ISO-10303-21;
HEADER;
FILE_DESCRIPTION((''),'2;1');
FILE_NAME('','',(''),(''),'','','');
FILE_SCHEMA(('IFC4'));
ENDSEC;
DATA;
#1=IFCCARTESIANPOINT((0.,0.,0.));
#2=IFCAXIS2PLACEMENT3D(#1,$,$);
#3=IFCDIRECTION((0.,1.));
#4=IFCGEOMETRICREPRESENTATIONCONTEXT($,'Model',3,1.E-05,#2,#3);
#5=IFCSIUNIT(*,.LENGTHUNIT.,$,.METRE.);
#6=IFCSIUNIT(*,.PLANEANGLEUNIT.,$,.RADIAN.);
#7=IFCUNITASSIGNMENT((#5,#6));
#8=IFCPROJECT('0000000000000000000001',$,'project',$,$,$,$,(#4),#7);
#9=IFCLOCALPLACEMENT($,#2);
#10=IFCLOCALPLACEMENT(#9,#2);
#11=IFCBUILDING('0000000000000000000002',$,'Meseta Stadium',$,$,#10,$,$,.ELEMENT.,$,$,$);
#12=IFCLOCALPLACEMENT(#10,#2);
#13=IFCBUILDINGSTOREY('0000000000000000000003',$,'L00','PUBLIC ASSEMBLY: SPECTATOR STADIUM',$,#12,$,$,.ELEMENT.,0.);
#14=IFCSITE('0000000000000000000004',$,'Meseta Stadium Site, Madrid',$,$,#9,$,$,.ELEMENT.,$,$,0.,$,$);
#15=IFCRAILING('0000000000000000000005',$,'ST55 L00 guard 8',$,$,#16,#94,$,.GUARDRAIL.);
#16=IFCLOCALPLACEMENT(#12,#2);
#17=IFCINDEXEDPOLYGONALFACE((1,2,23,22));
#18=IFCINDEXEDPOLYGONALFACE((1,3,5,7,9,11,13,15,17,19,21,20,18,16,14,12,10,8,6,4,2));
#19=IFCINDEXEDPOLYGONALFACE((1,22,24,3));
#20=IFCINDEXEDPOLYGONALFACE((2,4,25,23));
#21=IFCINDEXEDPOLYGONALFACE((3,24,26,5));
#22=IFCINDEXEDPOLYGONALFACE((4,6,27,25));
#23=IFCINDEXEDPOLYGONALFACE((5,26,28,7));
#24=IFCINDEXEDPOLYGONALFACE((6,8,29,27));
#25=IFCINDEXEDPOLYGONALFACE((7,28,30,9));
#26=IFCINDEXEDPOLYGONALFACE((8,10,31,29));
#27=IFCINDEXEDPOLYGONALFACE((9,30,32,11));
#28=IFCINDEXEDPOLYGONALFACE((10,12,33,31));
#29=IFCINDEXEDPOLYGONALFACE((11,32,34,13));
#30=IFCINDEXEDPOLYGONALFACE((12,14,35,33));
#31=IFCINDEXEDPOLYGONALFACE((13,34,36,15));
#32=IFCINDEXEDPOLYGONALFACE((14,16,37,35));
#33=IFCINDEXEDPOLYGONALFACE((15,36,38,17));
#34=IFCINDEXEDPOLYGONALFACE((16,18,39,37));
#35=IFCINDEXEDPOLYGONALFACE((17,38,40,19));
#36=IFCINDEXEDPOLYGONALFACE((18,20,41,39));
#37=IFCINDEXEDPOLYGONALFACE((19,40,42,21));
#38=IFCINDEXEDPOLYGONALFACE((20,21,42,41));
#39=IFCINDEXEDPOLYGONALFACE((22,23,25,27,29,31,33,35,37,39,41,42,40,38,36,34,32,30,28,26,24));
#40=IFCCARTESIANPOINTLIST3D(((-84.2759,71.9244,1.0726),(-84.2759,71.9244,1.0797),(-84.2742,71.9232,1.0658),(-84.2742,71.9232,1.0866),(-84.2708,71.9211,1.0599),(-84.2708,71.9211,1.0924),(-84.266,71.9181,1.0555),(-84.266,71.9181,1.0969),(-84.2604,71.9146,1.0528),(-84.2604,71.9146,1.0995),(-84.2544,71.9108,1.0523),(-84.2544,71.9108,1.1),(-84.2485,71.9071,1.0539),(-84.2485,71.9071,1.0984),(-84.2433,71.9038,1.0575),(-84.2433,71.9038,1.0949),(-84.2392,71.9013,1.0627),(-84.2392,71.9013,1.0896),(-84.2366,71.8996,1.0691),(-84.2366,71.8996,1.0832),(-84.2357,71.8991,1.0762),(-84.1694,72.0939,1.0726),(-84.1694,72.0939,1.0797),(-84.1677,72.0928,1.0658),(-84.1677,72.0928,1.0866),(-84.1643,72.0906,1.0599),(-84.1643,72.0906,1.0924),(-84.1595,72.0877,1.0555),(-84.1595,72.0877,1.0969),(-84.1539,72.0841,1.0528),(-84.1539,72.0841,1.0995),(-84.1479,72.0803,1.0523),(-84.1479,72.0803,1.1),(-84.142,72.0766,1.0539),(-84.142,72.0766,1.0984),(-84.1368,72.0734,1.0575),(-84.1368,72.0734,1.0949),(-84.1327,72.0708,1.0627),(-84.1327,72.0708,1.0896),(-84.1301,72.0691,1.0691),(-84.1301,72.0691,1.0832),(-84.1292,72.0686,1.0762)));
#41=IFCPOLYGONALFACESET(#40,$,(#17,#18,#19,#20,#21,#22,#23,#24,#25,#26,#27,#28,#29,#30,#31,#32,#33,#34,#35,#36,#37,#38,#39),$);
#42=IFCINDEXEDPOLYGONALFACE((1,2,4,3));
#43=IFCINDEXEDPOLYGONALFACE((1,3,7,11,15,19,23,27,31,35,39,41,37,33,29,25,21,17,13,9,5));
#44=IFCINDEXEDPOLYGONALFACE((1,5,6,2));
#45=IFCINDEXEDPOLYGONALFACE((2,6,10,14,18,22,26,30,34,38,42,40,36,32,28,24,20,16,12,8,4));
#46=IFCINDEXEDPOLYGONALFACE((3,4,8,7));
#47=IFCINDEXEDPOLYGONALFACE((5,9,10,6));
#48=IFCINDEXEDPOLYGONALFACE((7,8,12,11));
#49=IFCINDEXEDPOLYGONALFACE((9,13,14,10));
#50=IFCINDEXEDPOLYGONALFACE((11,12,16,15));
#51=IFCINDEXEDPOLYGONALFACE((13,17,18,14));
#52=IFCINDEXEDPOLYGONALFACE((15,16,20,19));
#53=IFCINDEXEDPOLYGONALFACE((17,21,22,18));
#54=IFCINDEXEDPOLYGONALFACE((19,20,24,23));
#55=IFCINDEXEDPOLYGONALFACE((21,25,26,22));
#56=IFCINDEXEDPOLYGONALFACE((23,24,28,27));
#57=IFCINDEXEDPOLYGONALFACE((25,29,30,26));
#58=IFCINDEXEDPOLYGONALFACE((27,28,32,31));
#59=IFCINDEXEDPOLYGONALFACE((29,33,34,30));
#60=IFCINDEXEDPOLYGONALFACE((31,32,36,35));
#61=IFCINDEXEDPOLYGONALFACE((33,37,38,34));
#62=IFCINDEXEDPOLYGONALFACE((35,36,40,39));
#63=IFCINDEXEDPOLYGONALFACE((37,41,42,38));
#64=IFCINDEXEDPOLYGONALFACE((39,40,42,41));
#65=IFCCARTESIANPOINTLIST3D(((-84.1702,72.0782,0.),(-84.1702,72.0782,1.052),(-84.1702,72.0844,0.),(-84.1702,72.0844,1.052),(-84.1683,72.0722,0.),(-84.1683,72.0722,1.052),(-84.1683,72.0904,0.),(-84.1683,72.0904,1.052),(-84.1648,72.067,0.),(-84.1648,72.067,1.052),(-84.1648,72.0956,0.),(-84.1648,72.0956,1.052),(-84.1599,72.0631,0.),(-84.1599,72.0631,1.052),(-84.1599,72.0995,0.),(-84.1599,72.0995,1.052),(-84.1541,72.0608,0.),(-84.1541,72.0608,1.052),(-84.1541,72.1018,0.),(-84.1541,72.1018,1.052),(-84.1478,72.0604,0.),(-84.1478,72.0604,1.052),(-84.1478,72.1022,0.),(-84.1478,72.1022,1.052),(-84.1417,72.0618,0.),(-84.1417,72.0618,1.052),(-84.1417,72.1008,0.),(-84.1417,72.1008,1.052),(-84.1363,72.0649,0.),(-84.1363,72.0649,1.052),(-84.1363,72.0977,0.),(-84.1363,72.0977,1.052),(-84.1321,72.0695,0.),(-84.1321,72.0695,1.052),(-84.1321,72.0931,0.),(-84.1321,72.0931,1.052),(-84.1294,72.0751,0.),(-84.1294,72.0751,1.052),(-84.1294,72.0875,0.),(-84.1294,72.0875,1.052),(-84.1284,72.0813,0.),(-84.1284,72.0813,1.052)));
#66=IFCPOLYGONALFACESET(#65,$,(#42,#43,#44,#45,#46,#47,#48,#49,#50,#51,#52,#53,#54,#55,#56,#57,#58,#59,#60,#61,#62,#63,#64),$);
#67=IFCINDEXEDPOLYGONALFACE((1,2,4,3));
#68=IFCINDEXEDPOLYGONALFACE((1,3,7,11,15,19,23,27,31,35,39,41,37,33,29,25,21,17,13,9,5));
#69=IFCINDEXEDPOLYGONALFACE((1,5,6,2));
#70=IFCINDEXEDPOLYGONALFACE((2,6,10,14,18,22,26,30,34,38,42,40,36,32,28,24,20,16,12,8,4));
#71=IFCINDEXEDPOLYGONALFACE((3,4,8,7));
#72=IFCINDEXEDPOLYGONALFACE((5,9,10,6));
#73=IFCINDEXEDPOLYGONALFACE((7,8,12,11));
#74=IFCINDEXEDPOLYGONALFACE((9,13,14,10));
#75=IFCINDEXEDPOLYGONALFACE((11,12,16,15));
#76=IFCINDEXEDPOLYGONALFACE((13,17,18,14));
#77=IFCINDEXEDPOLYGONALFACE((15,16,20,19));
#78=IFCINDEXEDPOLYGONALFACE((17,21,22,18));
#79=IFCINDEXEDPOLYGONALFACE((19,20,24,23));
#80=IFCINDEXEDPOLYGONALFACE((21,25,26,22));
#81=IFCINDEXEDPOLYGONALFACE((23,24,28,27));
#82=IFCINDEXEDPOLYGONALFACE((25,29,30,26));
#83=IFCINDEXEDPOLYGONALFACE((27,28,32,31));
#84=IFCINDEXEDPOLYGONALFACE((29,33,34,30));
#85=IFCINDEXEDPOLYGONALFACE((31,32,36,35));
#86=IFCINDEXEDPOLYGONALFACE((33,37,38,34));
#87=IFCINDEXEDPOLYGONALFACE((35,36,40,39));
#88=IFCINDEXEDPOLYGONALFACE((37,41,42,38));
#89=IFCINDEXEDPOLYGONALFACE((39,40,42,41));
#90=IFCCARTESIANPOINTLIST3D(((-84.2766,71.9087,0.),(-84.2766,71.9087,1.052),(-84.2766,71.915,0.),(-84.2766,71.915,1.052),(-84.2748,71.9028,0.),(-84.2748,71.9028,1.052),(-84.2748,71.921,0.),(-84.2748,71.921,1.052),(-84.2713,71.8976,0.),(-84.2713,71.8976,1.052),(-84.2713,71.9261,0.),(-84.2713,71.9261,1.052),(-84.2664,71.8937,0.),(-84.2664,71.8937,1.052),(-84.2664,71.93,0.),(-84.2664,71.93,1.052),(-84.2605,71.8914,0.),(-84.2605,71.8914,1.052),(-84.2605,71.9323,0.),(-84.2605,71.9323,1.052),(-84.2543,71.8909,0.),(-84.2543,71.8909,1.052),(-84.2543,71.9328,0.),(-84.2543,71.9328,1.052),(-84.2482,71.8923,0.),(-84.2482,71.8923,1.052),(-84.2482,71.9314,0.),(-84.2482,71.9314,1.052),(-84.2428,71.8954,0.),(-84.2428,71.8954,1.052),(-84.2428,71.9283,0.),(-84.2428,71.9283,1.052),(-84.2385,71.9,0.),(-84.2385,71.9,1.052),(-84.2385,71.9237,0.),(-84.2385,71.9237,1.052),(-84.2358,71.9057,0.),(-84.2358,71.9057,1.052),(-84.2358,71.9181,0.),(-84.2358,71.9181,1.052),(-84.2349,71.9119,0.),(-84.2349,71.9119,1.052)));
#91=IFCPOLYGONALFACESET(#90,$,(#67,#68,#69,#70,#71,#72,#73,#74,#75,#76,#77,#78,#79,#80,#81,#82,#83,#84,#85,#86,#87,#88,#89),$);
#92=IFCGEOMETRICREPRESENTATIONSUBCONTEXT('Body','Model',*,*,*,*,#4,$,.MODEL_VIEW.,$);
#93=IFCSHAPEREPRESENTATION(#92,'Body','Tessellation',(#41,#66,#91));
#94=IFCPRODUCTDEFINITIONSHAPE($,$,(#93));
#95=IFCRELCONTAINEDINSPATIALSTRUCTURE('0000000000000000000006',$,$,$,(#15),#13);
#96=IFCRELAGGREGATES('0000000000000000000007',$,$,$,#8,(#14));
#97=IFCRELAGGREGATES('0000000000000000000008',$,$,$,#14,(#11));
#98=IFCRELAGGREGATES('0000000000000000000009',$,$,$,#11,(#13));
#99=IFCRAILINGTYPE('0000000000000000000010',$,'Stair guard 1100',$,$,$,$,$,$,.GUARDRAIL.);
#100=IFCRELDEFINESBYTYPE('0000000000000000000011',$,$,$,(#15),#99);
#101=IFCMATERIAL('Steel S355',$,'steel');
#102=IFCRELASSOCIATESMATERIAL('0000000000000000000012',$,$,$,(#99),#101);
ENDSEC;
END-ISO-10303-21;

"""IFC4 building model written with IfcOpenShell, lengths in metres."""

from ifc_helpers import new_model, si_unit, direction, frame, origin, origin_2d, place, context, subcontext, project, spatial, circle, extrude, material, type_object, element, save


model = new_model("IFC4")

# Units and contexts
model_context = context("Model", 3, precision=1e-05, world=origin(), true_north=direction((0.0, 1.0)))
body_context = subcontext(model_context, "Body", "Model", "MODEL_VIEW")
ifc_project = project(units=[si_unit("LENGTHUNIT", "METRE"), si_unit("PLANEANGLEUNIT", "RADIAN")], contexts=[model_context])

# Site, building, storey
site_placement = place(None, origin())
site = spatial("IfcSite", under=ifc_project, at=site_placement, Name="Meseta Stadium Site, Madrid", CompositionType="ELEMENT", RefElevation=0.0)
building_placement = place(site_placement, origin())
building = spatial("IfcBuilding", under=site, at=building_placement, Name="Meseta Stadium", CompositionType="ELEMENT")
storey_placement = place(building_placement, origin())
storey = spatial("IfcBuildingStorey", under=building, at=storey_placement, Name="L00", Description="PUBLIC ASSEMBLY: SPECTATOR STADIUM", CompositionType="ELEMENT", Elevation=0.0)

# Railing
ifc_material_1 = material(Name="Steel S355", Category="steel")
railing_type_1 = type_object("IfcRailingType", Name="Stair guard 1100", PredefinedType="GUARDRAIL", material=ifc_material_1)
railing_1_placement = place(storey_placement, frame((-84.1494, 72.0813, 0.0)))
element("IfcRailing", 1, at=railing_1_placement, inside=storey, type_object=railing_type_1, Name="ST55 L00 guard 8", PredefinedType="GUARDRAIL", context=body_context, shape_type="SweptSolid", body=[
    extrude(circle(Radius=0.0239, at=origin_2d()), frame((0.0, 0.0, 1.0762), z_axis=(-0.531972, -0.846762, 0.0), x_axis=(0.846762, -0.531972, 0.0)), (0.0, 0.0, 1.0), 0.2002),
    extrude(circle(Radius=0.021, at=origin_2d()), origin(), (0.0, 0.0, 1.0), 1.052),
    extrude(circle(Radius=0.021, at=origin_2d()), frame((-0.1064, -0.1694, 0.0)), (0.0, 0.0, 1.0), 1.052),
])

save(model, "model.ifc")
